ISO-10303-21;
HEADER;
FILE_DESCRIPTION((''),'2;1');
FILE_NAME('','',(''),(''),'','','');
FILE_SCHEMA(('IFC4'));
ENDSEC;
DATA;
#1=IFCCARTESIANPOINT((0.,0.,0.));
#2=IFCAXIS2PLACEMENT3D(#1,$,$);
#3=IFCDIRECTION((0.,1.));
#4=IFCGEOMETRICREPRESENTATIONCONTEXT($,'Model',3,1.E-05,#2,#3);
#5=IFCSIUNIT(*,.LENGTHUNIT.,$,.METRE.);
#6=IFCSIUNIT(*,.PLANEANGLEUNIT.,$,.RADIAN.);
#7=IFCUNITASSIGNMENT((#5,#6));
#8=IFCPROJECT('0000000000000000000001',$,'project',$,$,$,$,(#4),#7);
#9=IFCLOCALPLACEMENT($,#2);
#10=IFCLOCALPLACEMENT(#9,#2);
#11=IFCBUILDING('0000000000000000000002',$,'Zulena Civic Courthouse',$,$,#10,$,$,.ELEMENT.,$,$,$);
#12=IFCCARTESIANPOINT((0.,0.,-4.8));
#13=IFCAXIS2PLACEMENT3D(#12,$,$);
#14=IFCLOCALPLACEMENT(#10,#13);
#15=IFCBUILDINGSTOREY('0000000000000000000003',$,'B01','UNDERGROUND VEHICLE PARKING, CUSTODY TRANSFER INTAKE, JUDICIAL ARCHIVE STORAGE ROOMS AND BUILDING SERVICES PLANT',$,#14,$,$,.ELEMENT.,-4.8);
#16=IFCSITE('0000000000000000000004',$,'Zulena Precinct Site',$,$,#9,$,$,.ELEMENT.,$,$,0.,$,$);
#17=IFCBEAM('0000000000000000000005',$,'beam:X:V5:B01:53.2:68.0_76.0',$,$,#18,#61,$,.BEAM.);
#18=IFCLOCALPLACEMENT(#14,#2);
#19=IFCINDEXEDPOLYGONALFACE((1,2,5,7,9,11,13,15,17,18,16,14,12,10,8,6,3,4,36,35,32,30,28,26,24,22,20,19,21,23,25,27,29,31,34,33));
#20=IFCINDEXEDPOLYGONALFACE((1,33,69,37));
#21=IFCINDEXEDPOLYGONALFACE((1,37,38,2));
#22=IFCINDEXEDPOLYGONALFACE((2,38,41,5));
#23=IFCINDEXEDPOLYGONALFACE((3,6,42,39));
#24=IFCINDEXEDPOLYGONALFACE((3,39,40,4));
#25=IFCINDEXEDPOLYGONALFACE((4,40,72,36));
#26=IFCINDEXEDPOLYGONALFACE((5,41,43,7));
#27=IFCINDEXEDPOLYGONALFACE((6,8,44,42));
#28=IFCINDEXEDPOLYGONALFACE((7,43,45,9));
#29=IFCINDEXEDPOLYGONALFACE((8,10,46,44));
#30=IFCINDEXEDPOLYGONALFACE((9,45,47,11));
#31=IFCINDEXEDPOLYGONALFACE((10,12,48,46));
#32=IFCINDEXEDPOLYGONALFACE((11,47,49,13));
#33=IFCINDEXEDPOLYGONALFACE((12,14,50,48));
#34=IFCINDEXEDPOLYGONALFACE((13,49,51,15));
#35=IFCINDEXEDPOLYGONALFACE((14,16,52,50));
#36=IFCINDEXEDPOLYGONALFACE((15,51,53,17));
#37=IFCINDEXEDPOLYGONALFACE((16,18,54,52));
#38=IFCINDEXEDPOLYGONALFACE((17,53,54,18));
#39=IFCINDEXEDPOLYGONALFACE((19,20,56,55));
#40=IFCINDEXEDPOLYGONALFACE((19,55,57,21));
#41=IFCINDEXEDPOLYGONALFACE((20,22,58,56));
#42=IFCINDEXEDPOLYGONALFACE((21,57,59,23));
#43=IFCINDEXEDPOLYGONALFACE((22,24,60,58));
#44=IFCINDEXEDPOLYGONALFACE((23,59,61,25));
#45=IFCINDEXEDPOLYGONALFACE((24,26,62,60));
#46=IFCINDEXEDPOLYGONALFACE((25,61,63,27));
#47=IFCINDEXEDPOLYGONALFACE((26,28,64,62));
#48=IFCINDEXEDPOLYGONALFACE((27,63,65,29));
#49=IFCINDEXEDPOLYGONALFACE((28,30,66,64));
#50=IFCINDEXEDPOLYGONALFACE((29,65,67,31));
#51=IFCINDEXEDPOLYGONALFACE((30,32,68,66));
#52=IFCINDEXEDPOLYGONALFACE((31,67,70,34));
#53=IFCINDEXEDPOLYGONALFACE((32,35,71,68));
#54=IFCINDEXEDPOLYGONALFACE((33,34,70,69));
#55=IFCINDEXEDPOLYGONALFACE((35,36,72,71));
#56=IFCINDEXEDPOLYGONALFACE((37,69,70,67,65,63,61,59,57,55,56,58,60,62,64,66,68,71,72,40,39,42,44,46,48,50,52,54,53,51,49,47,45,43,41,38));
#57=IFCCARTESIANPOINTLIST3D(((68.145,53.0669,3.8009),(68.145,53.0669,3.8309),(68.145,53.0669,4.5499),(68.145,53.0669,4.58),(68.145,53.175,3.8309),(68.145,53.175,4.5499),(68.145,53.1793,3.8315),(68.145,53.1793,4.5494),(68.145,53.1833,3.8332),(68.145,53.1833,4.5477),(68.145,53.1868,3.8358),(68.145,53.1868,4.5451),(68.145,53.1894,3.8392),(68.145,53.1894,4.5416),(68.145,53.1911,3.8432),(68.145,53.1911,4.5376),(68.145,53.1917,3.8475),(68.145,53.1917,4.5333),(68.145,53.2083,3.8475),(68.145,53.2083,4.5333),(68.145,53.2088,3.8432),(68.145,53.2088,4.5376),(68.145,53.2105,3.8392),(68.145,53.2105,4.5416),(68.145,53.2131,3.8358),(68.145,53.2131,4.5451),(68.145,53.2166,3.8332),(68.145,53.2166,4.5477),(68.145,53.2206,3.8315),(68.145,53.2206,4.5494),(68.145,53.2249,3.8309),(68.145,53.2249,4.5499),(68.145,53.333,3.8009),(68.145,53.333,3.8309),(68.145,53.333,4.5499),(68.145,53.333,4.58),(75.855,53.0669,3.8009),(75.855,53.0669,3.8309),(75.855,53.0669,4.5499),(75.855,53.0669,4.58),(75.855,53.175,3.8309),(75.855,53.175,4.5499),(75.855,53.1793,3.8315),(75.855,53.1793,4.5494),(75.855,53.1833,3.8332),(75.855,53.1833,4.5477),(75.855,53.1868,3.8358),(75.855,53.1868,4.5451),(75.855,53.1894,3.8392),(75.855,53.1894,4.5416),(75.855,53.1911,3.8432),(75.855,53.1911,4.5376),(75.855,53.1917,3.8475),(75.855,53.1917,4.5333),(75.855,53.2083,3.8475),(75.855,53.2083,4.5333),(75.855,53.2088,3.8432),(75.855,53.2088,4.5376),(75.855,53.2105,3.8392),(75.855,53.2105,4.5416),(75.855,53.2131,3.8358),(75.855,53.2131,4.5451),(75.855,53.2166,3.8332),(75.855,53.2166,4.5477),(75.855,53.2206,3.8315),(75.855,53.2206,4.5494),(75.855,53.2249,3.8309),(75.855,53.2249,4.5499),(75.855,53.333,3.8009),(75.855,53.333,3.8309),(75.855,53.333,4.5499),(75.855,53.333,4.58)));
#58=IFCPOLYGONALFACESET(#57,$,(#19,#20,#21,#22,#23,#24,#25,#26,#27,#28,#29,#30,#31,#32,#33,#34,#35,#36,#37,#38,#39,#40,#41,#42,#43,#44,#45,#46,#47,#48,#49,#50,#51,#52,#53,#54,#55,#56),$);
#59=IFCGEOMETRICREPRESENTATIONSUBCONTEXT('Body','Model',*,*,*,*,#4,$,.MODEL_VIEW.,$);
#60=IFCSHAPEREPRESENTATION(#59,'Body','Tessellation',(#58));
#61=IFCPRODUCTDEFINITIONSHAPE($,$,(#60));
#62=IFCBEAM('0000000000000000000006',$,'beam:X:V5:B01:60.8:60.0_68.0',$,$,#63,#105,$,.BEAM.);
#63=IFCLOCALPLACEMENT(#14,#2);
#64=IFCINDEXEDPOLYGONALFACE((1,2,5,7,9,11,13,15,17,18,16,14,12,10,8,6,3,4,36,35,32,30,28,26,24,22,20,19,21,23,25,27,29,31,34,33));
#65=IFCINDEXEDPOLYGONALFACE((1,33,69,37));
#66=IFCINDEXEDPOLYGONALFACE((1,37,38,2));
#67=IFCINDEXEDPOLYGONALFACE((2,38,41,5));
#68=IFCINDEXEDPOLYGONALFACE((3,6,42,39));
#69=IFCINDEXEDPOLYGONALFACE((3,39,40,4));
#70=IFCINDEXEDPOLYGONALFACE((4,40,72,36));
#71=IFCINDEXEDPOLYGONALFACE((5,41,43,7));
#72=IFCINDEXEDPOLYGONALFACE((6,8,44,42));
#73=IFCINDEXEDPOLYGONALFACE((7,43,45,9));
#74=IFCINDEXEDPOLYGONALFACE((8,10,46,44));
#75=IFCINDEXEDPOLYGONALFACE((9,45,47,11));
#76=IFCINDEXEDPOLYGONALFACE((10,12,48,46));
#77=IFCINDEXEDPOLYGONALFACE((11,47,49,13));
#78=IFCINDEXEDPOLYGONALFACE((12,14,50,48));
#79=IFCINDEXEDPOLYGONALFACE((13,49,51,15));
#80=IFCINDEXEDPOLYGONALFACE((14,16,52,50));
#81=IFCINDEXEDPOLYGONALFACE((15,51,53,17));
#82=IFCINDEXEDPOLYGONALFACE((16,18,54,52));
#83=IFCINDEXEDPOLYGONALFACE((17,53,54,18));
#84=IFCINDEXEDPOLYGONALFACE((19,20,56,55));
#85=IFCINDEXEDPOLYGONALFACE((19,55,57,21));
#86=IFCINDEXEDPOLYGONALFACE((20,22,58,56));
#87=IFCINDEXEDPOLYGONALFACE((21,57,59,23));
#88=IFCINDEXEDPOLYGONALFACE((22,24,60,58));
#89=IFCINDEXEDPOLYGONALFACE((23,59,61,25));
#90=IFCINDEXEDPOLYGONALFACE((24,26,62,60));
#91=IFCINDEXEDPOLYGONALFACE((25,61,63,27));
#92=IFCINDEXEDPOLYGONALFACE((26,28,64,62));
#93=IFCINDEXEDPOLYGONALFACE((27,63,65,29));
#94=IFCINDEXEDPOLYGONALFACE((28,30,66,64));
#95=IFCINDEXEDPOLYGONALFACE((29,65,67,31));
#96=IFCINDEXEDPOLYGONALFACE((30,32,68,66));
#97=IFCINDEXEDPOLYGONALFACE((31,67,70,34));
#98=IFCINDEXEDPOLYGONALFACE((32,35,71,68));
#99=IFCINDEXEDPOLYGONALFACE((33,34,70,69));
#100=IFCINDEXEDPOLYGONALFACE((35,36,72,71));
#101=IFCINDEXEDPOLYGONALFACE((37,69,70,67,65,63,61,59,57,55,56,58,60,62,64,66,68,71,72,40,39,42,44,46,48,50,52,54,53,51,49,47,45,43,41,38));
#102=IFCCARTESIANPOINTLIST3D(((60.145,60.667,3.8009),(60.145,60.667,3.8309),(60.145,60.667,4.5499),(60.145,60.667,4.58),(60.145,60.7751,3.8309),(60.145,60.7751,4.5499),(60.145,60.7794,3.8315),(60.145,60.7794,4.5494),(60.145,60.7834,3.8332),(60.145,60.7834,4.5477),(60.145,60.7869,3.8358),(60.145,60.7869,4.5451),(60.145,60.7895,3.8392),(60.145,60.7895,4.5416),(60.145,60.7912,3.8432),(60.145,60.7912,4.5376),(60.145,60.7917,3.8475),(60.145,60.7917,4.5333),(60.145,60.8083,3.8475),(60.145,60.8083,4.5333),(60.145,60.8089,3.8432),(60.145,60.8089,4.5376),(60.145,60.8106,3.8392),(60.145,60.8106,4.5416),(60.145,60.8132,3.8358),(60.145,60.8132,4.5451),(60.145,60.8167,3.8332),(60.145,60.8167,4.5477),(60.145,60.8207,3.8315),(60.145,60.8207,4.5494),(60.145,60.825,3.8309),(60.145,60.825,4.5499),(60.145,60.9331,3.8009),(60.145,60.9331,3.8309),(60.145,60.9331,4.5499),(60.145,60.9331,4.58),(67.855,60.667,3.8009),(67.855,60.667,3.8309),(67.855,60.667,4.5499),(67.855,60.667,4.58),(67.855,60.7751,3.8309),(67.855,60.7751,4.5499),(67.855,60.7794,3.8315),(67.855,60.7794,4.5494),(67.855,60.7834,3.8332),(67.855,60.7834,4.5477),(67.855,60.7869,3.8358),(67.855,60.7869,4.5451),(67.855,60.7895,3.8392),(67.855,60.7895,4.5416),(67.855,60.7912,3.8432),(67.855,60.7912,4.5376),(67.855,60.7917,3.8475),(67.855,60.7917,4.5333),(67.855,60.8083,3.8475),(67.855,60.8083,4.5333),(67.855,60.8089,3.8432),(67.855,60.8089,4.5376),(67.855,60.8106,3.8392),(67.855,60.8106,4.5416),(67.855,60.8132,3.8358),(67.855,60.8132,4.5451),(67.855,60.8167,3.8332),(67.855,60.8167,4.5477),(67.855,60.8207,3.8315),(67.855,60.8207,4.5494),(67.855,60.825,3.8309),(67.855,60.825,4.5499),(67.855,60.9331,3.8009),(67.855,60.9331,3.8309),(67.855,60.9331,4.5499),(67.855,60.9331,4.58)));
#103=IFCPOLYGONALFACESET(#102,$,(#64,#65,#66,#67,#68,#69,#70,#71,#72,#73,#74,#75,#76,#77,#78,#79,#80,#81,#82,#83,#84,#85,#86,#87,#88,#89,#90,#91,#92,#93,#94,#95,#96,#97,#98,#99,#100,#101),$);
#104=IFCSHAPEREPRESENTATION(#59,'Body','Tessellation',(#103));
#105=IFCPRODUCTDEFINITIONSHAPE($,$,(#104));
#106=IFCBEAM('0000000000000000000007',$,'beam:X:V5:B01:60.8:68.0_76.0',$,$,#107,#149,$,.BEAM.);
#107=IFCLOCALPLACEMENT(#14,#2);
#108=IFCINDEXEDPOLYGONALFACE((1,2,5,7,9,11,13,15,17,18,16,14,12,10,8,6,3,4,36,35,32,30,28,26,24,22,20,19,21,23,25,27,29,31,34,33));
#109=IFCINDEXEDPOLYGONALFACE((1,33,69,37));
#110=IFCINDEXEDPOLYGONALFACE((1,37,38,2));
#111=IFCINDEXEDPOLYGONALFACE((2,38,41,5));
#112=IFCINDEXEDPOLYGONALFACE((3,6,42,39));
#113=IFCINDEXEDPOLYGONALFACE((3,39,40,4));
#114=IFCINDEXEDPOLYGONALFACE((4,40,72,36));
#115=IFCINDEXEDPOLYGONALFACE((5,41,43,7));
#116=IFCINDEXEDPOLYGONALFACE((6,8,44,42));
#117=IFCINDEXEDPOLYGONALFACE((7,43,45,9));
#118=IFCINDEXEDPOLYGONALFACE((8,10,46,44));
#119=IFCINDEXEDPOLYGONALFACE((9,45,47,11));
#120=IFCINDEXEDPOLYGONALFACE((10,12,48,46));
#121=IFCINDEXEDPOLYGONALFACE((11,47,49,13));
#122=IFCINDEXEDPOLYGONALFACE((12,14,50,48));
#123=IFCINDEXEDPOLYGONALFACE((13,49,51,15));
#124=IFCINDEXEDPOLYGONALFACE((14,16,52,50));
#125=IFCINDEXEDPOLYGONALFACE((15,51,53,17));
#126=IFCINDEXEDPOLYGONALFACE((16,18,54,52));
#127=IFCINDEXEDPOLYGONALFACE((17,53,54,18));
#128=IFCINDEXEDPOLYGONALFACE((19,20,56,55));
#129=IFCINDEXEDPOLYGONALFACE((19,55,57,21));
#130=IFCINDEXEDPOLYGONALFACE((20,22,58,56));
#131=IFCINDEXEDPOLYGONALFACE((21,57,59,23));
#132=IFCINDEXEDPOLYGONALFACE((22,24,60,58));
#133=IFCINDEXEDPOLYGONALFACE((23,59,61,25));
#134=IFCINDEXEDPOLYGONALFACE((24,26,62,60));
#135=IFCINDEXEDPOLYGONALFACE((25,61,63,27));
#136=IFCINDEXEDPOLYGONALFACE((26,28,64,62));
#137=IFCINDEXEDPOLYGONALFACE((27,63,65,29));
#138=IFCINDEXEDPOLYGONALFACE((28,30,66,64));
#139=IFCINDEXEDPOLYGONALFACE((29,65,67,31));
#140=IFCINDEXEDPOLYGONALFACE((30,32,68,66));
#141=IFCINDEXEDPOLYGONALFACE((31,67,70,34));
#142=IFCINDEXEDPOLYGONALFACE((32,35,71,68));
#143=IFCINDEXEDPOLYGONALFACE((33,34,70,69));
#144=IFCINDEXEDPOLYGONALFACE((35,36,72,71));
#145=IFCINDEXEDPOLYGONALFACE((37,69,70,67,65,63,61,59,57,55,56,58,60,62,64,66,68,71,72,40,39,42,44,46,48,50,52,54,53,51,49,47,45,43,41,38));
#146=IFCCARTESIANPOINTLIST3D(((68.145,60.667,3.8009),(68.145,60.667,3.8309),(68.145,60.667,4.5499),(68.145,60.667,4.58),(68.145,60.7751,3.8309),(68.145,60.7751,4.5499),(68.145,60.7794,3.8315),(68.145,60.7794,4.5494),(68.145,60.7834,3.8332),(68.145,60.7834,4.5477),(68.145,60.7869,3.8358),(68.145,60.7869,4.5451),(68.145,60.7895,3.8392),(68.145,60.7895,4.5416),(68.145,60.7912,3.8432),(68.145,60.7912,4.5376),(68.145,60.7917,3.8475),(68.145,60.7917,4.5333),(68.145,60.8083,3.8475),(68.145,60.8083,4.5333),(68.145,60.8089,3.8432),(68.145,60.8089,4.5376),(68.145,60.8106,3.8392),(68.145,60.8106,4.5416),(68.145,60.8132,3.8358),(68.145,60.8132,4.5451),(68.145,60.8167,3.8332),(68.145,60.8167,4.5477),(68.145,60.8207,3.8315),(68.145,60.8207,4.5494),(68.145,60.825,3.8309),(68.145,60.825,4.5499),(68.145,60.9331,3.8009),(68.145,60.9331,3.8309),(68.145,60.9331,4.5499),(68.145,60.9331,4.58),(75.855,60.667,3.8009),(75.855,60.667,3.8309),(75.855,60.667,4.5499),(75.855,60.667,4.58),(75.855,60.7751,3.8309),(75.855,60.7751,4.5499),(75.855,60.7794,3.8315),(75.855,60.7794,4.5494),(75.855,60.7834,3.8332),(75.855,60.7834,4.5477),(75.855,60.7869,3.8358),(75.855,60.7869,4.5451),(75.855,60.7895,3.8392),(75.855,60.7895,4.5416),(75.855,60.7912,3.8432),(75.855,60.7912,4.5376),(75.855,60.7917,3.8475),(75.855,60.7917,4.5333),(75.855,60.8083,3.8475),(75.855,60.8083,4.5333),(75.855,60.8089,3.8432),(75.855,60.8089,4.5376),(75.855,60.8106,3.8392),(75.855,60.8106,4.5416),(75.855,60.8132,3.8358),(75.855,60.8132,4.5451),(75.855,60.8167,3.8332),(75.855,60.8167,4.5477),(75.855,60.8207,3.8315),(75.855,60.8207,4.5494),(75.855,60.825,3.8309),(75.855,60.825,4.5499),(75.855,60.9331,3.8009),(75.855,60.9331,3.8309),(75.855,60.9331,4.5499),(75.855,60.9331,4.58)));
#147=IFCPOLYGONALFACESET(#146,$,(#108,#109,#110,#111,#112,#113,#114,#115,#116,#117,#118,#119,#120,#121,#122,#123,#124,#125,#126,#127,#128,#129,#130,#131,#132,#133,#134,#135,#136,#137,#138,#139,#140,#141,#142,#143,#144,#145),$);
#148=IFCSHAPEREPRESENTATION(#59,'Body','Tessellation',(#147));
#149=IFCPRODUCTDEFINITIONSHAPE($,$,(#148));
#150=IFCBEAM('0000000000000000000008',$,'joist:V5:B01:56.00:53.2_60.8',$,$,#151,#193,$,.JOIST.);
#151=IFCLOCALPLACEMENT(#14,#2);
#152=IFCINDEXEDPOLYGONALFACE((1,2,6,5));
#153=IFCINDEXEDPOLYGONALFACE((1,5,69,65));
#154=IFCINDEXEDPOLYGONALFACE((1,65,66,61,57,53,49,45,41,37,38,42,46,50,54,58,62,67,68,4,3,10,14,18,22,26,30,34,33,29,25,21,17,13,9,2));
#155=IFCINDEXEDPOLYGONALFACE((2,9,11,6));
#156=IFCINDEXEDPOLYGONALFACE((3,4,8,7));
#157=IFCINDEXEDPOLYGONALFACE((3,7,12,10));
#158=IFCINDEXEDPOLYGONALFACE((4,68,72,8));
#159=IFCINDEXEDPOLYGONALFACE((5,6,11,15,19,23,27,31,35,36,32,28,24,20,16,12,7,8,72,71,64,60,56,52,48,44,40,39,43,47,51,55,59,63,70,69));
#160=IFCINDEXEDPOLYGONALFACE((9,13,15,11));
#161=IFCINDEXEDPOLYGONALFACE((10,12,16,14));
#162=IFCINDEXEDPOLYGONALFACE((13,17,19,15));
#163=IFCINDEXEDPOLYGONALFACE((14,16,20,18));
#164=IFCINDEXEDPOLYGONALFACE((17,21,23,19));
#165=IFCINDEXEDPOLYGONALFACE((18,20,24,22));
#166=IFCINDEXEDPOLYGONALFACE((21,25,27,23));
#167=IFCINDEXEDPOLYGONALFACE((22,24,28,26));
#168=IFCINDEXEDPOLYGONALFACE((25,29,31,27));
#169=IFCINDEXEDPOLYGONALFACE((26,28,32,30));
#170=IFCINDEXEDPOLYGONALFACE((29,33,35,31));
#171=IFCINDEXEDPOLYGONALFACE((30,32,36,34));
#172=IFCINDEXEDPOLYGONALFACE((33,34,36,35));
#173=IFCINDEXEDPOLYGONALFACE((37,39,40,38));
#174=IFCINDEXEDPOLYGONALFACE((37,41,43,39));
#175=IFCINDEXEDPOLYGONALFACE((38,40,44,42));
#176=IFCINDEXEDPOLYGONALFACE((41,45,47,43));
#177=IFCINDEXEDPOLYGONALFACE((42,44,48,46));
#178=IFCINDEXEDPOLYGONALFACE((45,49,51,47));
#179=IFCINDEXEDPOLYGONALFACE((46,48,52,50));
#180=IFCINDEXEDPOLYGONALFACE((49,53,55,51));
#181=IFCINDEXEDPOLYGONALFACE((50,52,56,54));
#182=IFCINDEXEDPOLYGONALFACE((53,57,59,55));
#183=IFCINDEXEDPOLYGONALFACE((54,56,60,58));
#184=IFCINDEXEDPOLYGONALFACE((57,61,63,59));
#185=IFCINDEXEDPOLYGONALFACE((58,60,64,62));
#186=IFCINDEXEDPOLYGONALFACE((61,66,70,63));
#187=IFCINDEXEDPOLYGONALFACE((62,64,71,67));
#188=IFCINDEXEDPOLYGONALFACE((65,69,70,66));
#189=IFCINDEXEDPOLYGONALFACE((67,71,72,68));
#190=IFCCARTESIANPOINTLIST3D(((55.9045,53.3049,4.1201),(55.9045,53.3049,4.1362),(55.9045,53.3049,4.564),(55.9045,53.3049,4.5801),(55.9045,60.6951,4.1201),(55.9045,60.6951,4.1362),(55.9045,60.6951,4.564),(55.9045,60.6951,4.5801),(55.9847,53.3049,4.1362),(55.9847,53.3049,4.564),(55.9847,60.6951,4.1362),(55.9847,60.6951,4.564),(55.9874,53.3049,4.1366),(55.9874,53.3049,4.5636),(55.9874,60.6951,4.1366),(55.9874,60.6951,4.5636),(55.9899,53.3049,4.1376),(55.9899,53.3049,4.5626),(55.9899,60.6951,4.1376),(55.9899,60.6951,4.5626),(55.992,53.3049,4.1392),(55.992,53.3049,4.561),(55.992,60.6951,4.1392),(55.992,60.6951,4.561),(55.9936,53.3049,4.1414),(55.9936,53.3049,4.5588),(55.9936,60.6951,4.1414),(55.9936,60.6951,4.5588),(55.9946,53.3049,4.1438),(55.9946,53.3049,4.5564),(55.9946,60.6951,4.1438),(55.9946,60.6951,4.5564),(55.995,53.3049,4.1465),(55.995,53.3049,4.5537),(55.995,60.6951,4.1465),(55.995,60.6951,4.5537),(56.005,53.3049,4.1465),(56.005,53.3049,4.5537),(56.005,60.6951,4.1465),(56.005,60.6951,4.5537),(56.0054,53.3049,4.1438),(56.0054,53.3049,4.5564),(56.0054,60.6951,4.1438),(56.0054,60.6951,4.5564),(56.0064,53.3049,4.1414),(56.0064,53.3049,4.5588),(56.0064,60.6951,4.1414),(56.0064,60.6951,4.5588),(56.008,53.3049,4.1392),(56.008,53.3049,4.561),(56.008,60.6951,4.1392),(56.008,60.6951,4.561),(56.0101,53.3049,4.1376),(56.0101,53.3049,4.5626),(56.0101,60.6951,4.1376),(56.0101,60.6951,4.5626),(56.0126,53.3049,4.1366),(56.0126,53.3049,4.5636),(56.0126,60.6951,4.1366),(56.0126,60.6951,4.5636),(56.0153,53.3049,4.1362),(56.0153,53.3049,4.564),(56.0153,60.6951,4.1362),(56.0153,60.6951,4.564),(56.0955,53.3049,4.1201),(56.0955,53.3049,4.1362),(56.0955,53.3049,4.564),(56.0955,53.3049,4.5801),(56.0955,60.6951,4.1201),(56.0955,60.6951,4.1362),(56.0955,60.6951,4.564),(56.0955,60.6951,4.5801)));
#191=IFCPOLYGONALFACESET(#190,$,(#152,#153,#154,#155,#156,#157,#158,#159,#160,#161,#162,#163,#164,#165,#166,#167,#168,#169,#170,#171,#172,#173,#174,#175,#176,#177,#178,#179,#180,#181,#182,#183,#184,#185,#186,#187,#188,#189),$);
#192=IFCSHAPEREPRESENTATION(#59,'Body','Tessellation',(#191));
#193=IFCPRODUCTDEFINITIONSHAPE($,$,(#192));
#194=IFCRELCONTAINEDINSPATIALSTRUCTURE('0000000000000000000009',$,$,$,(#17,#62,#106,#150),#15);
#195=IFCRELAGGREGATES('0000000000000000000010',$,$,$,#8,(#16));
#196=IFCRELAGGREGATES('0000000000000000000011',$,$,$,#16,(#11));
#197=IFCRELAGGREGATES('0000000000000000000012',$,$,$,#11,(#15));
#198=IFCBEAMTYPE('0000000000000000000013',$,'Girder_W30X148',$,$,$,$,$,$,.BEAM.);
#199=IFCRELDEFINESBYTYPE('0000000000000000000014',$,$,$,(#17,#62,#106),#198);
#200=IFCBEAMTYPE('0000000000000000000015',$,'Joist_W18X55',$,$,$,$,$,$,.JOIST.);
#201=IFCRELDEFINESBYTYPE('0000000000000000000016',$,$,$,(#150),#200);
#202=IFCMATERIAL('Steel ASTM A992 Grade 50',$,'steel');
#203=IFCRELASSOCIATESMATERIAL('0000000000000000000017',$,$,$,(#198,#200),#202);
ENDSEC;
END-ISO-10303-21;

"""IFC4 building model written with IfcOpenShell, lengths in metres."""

from ifc_helpers import new_model, si_unit, direction, frame, origin, origin_2d, place, context, subcontext, project, spatial, i_section, extrude, material, material_profile, profile_set, type_object, element, save


model = new_model("IFC4")

# Units and contexts
model_context = context("Model", 3, precision=1e-05, world=origin(), true_north=direction((0.0, 1.0)))
body_context = subcontext(model_context, "Body", "Model", "MODEL_VIEW")
ifc_project = project(units=[si_unit("LENGTHUNIT", "METRE"), si_unit("PLANEANGLEUNIT", "RADIAN")], contexts=[model_context])

# Site, building, storey
site_placement = place(None, origin())
site = spatial("IfcSite", under=ifc_project, at=site_placement, Name="Zulena Precinct Site", CompositionType="ELEMENT", RefElevation=0.0)
building_placement = place(site_placement, origin())
building = spatial("IfcBuilding", under=site, at=building_placement, Name="Zulena Civic Courthouse", CompositionType="ELEMENT")
storey_placement = place(building_placement, frame((0.0, 0.0, -4.8)))
storey = spatial("IfcBuildingStorey", under=building, at=storey_placement, Name="B01", Description="UNDERGROUND VEHICLE PARKING, CUSTODY TRANSFER INTAKE, JUDICIAL ARCHIVE STORAGE ROOMS AND BUILDING SERVICES PLANT", CompositionType="ELEMENT", Elevation=-4.8)

# Shared definitions
ifc_material_1 = material(Name="Steel ASTM A992 Grade 50", Category="steel")

# Beams
ifc_material_profile_1 = material_profile(ifc_material_1, i_section(OverallWidth=0.2661, OverallDepth=0.7791, WebThickness=0.0166, FlangeThickness=0.03, FilletRadius=0.0166, at=origin_2d()), Name="W30X148")
ifc_profile_set_1 = profile_set([ifc_material_profile_1], Name="Steel ASTM A992 Grade 50")
beam_type_1 = type_object("IfcBeamType", Name="Girder_W30X148", PredefinedType="BEAM", material=ifc_profile_set_1)
for number, where, z_axis, x_axis, name in (
    (1, (68.145, 53.2, 4.1904), (1.0, 0.0, 0.0), (0.0, 1.0, 0.0), "beam:X:V5:B01:53.2:68.0_76.0"),
    (2, (60.145, 60.8, 4.1904), (1.0, 0.0, 0.0), (0.0, 1.0, 0.0), "beam:X:V5:B01:60.8:60.0_68.0"),
    (3, (68.145, 60.8, 4.1904), (1.0, 0.0, 0.0), (0.0, 1.0, 0.0), "beam:X:V5:B01:60.8:68.0_76.0"),
):
    element("IfcBeam", number, at=place(storey_placement, frame(where, z_axis=z_axis, x_axis=x_axis)), inside=storey, type_object=beam_type_1, Name=name, PredefinedType="BEAM", context=body_context, shape_type="SweptSolid", body=[
        extrude(i_section(OverallWidth=0.2661, OverallDepth=0.7791, WebThickness=0.0166, FlangeThickness=0.03, FilletRadius=0.0166, at=origin_2d()), origin(), (0.0, 0.0, 1.0), 7.71),
    ])
ifc_material_profile_2 = material_profile(ifc_material_1, i_section(OverallWidth=0.1909, OverallDepth=0.46, WebThickness=0.01, FlangeThickness=0.0161, FilletRadius=0.0103, at=origin_2d()), Name="W18X55")
ifc_profile_set_2 = profile_set([ifc_material_profile_2], Name="Steel ASTM A992 Grade 50")
beam_type_2 = type_object("IfcBeamType", Name="Joist_W18X55", PredefinedType="JOIST", material=ifc_profile_set_2)
for number, where, z_axis, x_axis, name in (
    (4, (56.0, 53.3049, 4.3501), (0.0, 1.0, 0.0), (-1.0, 0.0, 0.0), "joist:V5:B01:56.00:53.2_60.8"),
):
    element("IfcBeam", number, at=place(storey_placement, frame(where, z_axis=z_axis, x_axis=x_axis)), inside=storey, type_object=beam_type_2, Name=name, PredefinedType="JOIST", context=body_context, shape_type="SweptSolid", body=[
        extrude(i_section(OverallWidth=0.1909, OverallDepth=0.46, WebThickness=0.01, FlangeThickness=0.0161, FilletRadius=0.0103, at=origin_2d()), origin(), (0.0, 0.0, 1.0), 7.3901),
    ])

save(model, "model.ifc")
